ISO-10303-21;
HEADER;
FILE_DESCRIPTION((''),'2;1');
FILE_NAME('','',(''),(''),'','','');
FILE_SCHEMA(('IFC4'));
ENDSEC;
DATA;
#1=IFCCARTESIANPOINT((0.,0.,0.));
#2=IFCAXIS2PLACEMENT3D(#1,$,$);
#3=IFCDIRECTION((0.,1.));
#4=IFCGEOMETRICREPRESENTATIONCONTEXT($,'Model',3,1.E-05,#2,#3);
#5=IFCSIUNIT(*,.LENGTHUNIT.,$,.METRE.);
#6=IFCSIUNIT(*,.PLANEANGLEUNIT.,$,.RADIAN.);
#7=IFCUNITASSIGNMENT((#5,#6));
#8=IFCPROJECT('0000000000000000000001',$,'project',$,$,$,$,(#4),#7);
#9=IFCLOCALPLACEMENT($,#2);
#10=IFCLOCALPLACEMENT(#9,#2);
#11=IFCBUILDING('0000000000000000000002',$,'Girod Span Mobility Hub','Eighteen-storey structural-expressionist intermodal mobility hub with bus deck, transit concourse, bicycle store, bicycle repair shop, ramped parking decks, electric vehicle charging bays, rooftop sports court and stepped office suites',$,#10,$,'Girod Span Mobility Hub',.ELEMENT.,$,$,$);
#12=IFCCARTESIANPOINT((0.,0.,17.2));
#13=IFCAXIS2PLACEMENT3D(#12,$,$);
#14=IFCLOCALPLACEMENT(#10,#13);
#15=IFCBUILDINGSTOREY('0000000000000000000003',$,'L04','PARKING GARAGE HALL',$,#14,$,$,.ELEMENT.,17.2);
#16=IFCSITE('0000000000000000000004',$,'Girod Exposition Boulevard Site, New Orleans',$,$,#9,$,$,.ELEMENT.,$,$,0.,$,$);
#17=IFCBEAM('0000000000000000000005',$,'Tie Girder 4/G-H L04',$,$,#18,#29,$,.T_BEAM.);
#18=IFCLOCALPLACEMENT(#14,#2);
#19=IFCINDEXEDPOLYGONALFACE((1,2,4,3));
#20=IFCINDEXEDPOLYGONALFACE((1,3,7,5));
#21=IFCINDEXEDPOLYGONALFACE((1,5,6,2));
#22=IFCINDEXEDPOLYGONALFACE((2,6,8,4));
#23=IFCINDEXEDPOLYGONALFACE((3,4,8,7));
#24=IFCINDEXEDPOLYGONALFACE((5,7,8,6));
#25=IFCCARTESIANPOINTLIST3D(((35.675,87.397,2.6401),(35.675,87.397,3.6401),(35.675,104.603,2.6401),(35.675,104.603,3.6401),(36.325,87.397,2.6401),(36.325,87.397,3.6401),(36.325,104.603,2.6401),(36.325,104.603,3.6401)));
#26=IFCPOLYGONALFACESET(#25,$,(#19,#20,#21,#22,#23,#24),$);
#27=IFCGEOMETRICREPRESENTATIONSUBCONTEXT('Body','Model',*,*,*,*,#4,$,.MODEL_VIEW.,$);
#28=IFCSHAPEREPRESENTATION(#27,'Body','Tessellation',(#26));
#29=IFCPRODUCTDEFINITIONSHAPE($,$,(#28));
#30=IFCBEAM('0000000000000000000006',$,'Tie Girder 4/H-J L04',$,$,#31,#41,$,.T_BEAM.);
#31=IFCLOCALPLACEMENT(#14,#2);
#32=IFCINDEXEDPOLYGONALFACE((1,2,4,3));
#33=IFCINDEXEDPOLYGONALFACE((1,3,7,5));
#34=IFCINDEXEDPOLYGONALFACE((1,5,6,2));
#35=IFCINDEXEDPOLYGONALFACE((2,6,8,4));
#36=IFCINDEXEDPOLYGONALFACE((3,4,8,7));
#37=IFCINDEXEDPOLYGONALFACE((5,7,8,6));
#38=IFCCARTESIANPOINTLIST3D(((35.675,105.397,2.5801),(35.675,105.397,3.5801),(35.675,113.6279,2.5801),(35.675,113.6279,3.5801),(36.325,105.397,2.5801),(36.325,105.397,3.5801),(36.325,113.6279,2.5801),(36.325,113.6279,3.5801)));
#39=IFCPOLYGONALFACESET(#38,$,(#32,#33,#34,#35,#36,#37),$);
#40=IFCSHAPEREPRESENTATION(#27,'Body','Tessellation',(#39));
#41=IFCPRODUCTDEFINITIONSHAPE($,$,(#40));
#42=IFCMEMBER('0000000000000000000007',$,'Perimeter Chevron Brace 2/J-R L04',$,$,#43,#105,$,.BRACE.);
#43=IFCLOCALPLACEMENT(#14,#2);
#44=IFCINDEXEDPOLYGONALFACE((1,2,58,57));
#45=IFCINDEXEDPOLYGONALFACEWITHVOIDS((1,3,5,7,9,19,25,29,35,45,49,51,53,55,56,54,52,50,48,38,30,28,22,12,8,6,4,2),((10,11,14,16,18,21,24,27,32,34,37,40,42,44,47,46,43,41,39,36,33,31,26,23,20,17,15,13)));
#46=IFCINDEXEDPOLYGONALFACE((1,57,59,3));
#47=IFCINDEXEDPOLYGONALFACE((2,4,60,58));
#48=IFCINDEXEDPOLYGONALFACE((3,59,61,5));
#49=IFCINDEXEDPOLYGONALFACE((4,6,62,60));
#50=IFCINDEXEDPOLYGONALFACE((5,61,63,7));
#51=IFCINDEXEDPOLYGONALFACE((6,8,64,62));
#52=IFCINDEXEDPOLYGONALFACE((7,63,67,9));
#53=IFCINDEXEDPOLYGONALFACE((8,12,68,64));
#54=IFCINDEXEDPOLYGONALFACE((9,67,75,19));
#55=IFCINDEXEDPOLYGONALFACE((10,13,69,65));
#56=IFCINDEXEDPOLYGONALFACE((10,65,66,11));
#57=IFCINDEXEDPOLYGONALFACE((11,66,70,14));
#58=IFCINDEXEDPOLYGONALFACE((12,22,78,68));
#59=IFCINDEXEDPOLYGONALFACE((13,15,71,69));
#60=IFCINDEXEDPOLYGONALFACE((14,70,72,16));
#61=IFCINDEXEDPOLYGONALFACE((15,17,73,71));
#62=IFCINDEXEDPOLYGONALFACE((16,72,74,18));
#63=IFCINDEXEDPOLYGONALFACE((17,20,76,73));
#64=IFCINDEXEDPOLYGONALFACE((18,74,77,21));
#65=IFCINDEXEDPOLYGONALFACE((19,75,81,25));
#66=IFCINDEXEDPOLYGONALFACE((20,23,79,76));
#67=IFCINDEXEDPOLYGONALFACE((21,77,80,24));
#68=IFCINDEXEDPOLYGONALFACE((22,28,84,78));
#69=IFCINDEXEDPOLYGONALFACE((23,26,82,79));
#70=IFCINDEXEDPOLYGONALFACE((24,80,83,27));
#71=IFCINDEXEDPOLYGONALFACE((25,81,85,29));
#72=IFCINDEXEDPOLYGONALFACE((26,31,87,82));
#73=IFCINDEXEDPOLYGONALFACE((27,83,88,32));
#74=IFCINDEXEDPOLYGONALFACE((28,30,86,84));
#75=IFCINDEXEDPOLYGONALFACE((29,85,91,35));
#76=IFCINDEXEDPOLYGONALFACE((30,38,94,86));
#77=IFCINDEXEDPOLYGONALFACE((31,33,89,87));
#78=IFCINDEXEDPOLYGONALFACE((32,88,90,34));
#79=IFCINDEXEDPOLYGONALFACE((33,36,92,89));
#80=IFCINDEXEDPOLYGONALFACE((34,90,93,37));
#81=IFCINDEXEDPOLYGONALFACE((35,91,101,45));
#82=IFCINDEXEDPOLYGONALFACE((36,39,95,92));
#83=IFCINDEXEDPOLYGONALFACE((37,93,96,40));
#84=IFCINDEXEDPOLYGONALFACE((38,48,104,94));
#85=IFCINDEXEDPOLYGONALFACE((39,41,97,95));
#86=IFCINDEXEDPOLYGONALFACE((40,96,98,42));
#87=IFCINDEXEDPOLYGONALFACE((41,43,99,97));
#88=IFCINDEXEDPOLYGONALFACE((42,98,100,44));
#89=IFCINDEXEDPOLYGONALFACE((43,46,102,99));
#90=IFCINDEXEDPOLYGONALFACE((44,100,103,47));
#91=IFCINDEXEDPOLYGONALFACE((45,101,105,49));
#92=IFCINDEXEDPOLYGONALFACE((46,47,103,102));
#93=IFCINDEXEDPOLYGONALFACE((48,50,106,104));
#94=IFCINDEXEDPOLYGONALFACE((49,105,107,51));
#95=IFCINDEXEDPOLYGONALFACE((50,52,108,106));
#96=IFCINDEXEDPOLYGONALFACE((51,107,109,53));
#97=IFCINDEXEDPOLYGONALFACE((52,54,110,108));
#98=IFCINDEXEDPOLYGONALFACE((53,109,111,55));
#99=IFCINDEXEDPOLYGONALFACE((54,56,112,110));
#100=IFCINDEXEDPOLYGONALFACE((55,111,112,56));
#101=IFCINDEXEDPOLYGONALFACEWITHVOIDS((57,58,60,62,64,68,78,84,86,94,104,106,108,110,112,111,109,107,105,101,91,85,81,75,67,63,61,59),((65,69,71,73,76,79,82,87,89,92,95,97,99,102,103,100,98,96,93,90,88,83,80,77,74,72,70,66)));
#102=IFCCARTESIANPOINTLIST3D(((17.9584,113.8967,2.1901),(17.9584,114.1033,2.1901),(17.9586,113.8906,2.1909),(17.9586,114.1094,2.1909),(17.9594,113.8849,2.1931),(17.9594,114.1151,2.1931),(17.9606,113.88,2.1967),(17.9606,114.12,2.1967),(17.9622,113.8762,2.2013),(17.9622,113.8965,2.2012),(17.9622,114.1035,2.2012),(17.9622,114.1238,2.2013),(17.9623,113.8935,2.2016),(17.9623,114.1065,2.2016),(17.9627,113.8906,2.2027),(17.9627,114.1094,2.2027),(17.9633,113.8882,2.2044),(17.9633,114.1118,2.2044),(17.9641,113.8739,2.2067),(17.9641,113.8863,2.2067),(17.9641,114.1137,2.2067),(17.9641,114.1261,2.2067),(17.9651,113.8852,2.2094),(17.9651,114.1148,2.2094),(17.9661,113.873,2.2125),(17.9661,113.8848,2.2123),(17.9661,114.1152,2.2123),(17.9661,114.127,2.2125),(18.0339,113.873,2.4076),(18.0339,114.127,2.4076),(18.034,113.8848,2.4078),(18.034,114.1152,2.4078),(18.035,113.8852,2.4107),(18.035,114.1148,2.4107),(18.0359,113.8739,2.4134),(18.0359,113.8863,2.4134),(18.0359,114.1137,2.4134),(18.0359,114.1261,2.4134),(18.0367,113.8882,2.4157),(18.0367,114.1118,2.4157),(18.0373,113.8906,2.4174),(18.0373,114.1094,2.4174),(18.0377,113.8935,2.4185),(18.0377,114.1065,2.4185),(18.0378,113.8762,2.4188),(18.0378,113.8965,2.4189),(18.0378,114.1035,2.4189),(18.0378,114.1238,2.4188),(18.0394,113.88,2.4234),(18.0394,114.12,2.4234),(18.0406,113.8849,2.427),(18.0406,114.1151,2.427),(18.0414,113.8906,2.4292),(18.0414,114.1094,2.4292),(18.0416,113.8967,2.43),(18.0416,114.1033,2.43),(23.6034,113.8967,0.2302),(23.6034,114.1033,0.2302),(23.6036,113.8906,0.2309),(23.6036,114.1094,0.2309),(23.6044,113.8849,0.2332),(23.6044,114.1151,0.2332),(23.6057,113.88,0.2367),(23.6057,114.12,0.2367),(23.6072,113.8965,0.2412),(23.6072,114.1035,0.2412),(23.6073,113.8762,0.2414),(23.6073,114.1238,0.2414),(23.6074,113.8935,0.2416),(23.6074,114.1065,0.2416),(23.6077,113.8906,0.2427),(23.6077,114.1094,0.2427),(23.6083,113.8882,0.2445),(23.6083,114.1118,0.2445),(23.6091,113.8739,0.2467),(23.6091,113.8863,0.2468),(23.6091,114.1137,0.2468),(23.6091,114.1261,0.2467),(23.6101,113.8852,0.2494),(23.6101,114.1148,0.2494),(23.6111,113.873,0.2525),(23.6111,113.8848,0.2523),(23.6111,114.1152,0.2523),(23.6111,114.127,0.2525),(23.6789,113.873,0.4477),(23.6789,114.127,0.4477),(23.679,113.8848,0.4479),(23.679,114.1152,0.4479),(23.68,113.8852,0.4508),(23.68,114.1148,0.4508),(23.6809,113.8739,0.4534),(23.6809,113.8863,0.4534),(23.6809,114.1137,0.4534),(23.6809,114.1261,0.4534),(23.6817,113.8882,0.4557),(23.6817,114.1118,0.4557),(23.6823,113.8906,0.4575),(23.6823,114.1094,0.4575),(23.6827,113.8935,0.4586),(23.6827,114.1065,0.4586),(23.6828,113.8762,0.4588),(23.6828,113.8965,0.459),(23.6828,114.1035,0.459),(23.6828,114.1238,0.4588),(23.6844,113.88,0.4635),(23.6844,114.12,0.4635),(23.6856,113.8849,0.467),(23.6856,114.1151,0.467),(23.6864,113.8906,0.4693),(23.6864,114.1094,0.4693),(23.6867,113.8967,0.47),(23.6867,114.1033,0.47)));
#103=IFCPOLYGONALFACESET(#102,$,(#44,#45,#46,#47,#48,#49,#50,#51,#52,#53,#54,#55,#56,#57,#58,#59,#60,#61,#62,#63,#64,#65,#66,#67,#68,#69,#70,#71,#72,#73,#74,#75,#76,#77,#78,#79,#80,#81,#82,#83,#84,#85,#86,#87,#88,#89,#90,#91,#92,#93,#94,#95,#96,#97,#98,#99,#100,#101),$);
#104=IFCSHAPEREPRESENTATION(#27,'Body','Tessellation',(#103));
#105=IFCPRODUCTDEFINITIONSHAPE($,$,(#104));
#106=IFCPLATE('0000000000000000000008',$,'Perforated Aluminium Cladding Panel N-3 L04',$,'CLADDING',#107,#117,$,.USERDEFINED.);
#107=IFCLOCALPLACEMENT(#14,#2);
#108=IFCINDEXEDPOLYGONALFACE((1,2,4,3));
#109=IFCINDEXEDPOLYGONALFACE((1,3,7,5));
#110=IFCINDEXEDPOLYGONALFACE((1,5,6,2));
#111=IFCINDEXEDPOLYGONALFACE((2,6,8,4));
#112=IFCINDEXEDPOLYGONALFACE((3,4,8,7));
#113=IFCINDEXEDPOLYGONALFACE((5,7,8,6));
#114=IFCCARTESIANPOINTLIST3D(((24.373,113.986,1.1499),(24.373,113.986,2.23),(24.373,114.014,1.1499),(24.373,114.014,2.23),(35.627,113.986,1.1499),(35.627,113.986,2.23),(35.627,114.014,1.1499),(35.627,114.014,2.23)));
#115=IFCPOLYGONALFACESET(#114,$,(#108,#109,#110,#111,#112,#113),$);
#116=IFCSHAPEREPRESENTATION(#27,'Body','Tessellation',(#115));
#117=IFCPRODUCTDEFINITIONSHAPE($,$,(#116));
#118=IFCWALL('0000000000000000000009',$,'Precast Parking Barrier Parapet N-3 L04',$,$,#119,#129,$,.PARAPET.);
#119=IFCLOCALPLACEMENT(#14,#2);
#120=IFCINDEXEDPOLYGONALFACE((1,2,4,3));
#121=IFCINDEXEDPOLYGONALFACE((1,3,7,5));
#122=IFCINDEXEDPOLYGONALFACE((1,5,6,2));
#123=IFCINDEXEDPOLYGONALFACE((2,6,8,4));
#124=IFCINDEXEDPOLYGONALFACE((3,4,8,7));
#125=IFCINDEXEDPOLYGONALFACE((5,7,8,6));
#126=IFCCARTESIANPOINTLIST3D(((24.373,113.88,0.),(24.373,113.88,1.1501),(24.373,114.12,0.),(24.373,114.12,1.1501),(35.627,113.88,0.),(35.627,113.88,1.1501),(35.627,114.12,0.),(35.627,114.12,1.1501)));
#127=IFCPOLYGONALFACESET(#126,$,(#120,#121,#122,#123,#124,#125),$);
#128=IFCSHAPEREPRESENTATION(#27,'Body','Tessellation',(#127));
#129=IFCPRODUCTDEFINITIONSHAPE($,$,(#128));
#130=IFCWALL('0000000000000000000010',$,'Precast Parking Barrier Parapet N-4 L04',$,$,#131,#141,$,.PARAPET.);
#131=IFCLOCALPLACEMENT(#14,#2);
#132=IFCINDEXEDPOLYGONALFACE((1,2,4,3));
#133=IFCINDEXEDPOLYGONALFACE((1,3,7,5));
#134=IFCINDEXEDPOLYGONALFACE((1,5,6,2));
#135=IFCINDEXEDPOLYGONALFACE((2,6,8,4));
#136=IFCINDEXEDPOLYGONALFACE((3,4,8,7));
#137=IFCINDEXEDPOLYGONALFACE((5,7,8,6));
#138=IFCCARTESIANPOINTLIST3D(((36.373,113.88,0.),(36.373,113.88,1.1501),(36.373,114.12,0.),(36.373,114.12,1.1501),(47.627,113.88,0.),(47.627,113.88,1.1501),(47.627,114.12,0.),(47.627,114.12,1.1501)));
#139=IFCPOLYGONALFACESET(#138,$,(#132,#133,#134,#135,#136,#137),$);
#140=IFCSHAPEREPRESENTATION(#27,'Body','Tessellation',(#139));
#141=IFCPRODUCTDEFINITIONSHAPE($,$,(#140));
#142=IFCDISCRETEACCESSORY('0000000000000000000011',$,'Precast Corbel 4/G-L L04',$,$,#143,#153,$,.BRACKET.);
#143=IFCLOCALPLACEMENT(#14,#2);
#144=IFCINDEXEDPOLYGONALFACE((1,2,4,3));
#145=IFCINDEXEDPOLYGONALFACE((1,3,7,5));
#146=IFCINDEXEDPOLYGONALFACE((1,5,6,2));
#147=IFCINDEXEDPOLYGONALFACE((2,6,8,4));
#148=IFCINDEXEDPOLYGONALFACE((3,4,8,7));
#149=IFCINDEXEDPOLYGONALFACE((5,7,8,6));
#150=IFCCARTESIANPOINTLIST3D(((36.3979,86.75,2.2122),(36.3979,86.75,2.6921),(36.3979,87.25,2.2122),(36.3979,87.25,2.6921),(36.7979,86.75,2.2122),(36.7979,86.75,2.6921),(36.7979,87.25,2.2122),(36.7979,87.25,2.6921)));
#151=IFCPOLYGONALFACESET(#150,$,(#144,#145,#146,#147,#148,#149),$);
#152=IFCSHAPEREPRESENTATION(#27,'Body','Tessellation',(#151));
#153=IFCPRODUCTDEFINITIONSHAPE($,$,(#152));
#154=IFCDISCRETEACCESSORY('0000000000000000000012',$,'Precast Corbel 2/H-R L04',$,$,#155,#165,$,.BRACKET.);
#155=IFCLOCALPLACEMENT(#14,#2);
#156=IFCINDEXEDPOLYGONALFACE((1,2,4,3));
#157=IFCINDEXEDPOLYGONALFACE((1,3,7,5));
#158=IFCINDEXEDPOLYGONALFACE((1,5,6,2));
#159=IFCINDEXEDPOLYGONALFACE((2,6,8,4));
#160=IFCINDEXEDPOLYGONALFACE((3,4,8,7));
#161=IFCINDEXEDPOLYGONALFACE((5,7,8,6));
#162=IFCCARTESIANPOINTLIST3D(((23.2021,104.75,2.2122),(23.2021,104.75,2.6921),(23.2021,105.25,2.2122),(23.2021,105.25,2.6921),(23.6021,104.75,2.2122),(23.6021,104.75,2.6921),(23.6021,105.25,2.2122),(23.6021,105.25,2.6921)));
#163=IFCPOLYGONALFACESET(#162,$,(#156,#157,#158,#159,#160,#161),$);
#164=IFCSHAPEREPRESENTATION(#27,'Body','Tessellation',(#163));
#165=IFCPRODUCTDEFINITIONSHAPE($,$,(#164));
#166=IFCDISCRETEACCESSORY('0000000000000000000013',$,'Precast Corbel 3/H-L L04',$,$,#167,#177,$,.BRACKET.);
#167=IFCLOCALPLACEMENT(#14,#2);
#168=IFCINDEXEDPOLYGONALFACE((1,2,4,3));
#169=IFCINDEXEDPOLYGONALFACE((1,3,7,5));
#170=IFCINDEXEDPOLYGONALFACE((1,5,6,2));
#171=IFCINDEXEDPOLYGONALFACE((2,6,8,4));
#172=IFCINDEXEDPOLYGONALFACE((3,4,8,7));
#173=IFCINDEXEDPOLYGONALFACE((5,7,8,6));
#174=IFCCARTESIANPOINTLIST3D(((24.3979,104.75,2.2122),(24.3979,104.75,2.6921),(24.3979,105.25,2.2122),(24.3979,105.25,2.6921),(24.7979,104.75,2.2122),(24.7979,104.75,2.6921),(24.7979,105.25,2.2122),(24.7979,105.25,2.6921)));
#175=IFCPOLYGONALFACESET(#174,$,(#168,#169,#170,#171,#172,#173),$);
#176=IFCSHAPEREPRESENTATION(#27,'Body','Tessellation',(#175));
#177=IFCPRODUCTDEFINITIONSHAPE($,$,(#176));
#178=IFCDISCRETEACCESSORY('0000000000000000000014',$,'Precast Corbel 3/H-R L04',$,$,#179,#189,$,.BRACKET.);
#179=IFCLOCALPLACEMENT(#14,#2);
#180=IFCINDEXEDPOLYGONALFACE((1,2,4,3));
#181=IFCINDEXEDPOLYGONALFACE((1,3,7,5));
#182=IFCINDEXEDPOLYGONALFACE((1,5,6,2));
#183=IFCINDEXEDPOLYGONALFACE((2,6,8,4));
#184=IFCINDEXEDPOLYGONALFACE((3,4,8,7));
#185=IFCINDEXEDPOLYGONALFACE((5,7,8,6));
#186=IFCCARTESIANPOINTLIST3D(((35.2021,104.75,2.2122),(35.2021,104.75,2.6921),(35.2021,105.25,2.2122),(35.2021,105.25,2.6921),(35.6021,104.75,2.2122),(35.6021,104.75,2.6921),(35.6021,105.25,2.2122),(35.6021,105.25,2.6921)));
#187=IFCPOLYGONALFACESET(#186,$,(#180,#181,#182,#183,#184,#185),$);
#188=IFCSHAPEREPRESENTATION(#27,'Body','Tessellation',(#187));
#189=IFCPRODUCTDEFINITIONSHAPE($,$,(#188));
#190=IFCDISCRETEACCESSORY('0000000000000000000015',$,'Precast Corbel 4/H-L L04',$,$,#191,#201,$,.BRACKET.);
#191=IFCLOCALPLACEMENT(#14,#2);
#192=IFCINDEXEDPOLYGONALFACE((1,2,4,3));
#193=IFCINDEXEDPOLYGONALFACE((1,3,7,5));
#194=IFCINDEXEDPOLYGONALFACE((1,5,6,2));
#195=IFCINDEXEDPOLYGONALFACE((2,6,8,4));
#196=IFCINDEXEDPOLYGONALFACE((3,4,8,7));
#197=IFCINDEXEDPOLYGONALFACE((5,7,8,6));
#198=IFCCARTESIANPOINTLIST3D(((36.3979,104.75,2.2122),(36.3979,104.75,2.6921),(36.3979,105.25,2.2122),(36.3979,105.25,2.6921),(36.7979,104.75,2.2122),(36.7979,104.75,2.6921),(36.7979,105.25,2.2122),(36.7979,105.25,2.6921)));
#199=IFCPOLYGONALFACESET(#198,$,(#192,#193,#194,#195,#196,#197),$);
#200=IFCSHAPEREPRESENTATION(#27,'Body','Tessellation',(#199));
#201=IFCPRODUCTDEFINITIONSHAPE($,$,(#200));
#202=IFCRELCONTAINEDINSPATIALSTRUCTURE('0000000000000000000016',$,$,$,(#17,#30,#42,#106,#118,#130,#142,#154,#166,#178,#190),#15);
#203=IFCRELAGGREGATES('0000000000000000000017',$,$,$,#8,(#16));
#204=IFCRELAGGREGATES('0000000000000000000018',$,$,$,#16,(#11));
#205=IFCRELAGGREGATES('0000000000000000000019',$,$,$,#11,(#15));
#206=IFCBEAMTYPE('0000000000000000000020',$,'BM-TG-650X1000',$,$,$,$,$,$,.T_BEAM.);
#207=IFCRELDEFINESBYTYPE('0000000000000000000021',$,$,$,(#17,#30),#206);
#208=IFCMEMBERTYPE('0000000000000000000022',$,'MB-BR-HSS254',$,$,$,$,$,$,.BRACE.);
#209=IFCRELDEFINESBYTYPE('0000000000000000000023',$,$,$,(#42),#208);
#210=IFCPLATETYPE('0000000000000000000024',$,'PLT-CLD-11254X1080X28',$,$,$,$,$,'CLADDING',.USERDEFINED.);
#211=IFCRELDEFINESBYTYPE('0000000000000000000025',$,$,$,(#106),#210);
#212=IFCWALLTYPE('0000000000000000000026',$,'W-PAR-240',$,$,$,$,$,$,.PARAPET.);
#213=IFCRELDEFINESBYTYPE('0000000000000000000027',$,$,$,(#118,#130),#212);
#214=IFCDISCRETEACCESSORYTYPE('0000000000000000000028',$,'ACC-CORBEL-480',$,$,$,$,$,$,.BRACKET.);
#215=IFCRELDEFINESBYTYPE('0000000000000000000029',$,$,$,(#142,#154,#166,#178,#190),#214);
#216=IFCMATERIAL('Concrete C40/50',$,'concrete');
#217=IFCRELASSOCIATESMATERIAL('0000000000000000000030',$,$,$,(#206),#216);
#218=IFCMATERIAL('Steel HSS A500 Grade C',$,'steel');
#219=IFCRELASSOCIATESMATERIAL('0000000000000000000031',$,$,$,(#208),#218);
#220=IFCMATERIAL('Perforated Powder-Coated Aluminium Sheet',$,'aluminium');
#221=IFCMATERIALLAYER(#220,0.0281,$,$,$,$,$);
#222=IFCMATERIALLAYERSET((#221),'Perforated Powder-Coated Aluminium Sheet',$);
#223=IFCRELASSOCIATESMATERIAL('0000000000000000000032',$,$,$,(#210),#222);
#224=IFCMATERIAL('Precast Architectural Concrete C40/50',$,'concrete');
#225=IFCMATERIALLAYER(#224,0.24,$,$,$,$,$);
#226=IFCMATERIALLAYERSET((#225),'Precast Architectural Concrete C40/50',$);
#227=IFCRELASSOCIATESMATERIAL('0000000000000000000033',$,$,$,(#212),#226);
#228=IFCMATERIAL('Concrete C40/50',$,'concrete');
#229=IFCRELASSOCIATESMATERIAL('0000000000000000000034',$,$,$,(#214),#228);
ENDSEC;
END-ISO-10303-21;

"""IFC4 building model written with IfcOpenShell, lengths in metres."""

from ifc_helpers import new_model, si_unit, direction, frame, frame_2d, origin, origin_2d, place, context, subcontext, project, spatial, rectangle, hollow_rectangle, extrude, material, layer, layer_set, material_profile, profile_set, type_object, element, save


model = new_model("IFC4")

# Units and contexts
model_context = context("Model", 3, precision=1e-05, world=origin(), true_north=direction((0.0, 1.0)))
body_context = subcontext(model_context, "Body", "Model", "MODEL_VIEW")
ifc_project = project(units=[si_unit("LENGTHUNIT", "METRE"), si_unit("PLANEANGLEUNIT", "RADIAN")], contexts=[model_context])

# Site, building, storey
site_placement = place(None, origin())
site = spatial("IfcSite", under=ifc_project, at=site_placement, Name="Girod Exposition Boulevard Site, New Orleans", CompositionType="ELEMENT", RefElevation=0.0)
building_placement = place(site_placement, origin())
building = spatial("IfcBuilding", under=site, at=building_placement, Name="Girod Span Mobility Hub", Description="Eighteen-storey structural-expressionist intermodal mobility hub with bus deck, transit concourse, bicycle store, bicycle repair shop, ramped parking decks, electric vehicle charging bays, rooftop sports court and stepped office suites", LongName="Girod Span Mobility Hub", CompositionType="ELEMENT")
storey_placement = place(building_placement, frame((0.0, 0.0, 17.2)))
storey = spatial("IfcBuildingStorey", under=building, at=storey_placement, Name="L04", Description="PARKING GARAGE HALL", CompositionType="ELEMENT", Elevation=17.2)

# Beams
ifc_material_1 = material(Name="Concrete C40/50", Category="concrete")
ifc_material_profile_1 = material_profile(ifc_material_1, rectangle(XDim=0.6499, YDim=1.0, at=origin_2d()), Name="TG-650X1000")
ifc_profile_set_1 = profile_set([ifc_material_profile_1], Name="Concrete C40/50")
beam_type_1 = type_object("IfcBeamType", Name="BM-TG-650X1000", PredefinedType="T_BEAM", material=ifc_profile_set_1)
beam_1_placement = place(storey_placement, frame((36.0, 87.397, 3.1401), z_axis=(0.0, 1.0, 0.0), x_axis=(-1.0, 0.0, 0.0)))
element("IfcBeam", 1, at=beam_1_placement, inside=storey, type_object=beam_type_1, Name="Tie Girder 4/G-H L04", PredefinedType="T_BEAM", context=body_context, shape_type="SweptSolid", body=[
    extrude(rectangle(XDim=0.6499, YDim=1.0, at=origin_2d()), origin(), (0.0, 0.0, 1.0), 17.2061),
])
beam_2_placement = place(storey_placement, frame((36.0, 105.397, 3.0801), z_axis=(0.0, 1.0, 0.0), x_axis=(-1.0, 0.0, 0.0)))
element("IfcBeam", 2, at=beam_2_placement, inside=storey, type_object=beam_type_1, Name="Tie Girder 4/H-J L04", PredefinedType="T_BEAM", context=body_context, shape_type="SweptSolid", body=[
    extrude(rectangle(XDim=0.6499, YDim=1.0, at=origin_2d()), origin(), (0.0, 0.0, 1.0), 8.231),
])

# Member
ifc_material_2 = material(Name="Steel HSS A500 Grade C", Category="steel")
ifc_material_profile_2 = material_profile(ifc_material_2, hollow_rectangle(XDim=0.2539, YDim=0.2539, WallThickness=0.0117, InnerFilletRadius=0.0117, OuterFilletRadius=0.0237, at=origin_2d()), Name="HSS254X254X12.7")
ifc_profile_set_2 = profile_set([ifc_material_profile_2], Name="Steel HSS A500 Grade C")
member_type = type_object("IfcMemberType", Name="MB-BR-HSS254", PredefinedType="BRACE", material=ifc_profile_set_2)
member_placement = place(storey_placement, frame((23.645, 114.0, 0.3501), z_axis=(-0.94468, 0.0, 0.327994), x_axis=(0.0, -1.0, 0.0)))
element("IfcMember", 3, at=member_placement, inside=storey, type_object=member_type, Name="Perimeter Chevron Brace 2/J-R L04", PredefinedType="BRACE", context=body_context, shape_type="SweptSolid", body=[
    extrude(hollow_rectangle(XDim=0.2539, YDim=0.2539, WallThickness=0.0117, InnerFilletRadius=0.0117, OuterFilletRadius=0.0237, at=origin_2d()), origin(), (0.0, 0.0, 1.0), 5.9756),
])

# Plate
ifc_material_3 = material(Name="Perforated Powder-Coated Aluminium Sheet", Category="aluminium")
ifc_layer_1 = layer(ifc_material_3, 0.0281)
ifc_layer_set_1 = layer_set([ifc_layer_1], Name="Perforated Powder-Coated Aluminium Sheet")
plate_type = type_object("IfcPlateType", Name="PLT-CLD-11254X1080X28", ElementType="CLADDING", PredefinedType="USERDEFINED", material=ifc_layer_set_1)
plate_placement = place(storey_placement, frame((30.0, 114.0, 1.1499), z_axis=(0.0, 0.0, 1.0), x_axis=(1.0, 0.0, 0.0)))
element("IfcPlate", 4, at=plate_placement, inside=storey, type_object=plate_type, Name="Perforated Aluminium Cladding Panel N-3 L04", ObjectType="CLADDING", PredefinedType="USERDEFINED", context=body_context, shape_type="SweptSolid", body=[
    extrude(rectangle(XDim=11.2539, YDim=0.0281, at=origin_2d()), origin(), (0.0, 0.0, 1.0), 1.0801),
])

# Walls
ifc_material_4 = material(Name="Precast Architectural Concrete C40/50", Category="concrete")
ifc_layer_2 = layer(ifc_material_4, 0.24)
ifc_layer_set_2 = layer_set([ifc_layer_2], Name="Precast Architectural Concrete C40/50")
wall_type = type_object("IfcWallType", Name="W-PAR-240", PredefinedType="PARAPET", material=ifc_layer_set_2)
for number, where, z_axis, x_axis, name in (
    (5, (24.373, 114.0, 0.0), (0.0, 0.0, 1.0), (1.0, 0.0, 0.0), "Precast Parking Barrier Parapet N-3 L04"),
    (6, (36.373, 114.0, 0.0), (0.0, 0.0, 1.0), (1.0, 0.0, 0.0), "Precast Parking Barrier Parapet N-4 L04"),
):
    element("IfcWall", number, at=place(storey_placement, frame(where, z_axis=z_axis, x_axis=x_axis)), inside=storey, type_object=wall_type, Name=name, PredefinedType="PARAPET", context=body_context, shape_type="SweptSolid", body=[
        extrude(rectangle(XDim=11.2539, YDim=0.24, at=frame_2d((5.627, 0.0))), origin(), (0.0, 0.0, 1.0), 1.1501),
    ])

# Discrete accessories
ifc_material_5 = material(Name="Concrete C40/50", Category="concrete")
discrete_accessory_type = type_object("IfcDiscreteAccessoryType", Name="ACC-CORBEL-480", PredefinedType="BRACKET", material=ifc_material_5)
for number, where, z_axis, x_axis, name in (
    (7, (36.5979, 87.0, 2.2122), (0.0, 0.0, 1.0), (1.0, 0.0, 0.0), "Precast Corbel 4/G-L L04"),
    (8, (23.4021, 105.0, 2.2122), (0.0, 0.0, 1.0), (1.0, 0.0, 0.0), "Precast Corbel 2/H-R L04"),
    (9, (24.5979, 105.0, 2.2122), (0.0, 0.0, 1.0), (1.0, 0.0, 0.0), "Precast Corbel 3/H-L L04"),
    (10, (35.4021, 105.0, 2.2122), (0.0, 0.0, 1.0), (1.0, 0.0, 0.0), "Precast Corbel 3/H-R L04"),
    (11, (36.5979, 105.0, 2.2122), (0.0, 0.0, 1.0), (1.0, 0.0, 0.0), "Precast Corbel 4/H-L L04"),
):
    element("IfcDiscreteAccessory", number, at=place(storey_placement, frame(where, z_axis=z_axis, x_axis=x_axis)), inside=storey, type_object=discrete_accessory_type, Name=name, PredefinedType="BRACKET", context=body_context, shape_type="SweptSolid", body=[
        extrude(rectangle(XDim=0.3999, YDim=0.5, at=origin_2d()), origin(), (0.0, 0.0, 1.0), 0.48),
    ])

save(model, "model.ifc")
